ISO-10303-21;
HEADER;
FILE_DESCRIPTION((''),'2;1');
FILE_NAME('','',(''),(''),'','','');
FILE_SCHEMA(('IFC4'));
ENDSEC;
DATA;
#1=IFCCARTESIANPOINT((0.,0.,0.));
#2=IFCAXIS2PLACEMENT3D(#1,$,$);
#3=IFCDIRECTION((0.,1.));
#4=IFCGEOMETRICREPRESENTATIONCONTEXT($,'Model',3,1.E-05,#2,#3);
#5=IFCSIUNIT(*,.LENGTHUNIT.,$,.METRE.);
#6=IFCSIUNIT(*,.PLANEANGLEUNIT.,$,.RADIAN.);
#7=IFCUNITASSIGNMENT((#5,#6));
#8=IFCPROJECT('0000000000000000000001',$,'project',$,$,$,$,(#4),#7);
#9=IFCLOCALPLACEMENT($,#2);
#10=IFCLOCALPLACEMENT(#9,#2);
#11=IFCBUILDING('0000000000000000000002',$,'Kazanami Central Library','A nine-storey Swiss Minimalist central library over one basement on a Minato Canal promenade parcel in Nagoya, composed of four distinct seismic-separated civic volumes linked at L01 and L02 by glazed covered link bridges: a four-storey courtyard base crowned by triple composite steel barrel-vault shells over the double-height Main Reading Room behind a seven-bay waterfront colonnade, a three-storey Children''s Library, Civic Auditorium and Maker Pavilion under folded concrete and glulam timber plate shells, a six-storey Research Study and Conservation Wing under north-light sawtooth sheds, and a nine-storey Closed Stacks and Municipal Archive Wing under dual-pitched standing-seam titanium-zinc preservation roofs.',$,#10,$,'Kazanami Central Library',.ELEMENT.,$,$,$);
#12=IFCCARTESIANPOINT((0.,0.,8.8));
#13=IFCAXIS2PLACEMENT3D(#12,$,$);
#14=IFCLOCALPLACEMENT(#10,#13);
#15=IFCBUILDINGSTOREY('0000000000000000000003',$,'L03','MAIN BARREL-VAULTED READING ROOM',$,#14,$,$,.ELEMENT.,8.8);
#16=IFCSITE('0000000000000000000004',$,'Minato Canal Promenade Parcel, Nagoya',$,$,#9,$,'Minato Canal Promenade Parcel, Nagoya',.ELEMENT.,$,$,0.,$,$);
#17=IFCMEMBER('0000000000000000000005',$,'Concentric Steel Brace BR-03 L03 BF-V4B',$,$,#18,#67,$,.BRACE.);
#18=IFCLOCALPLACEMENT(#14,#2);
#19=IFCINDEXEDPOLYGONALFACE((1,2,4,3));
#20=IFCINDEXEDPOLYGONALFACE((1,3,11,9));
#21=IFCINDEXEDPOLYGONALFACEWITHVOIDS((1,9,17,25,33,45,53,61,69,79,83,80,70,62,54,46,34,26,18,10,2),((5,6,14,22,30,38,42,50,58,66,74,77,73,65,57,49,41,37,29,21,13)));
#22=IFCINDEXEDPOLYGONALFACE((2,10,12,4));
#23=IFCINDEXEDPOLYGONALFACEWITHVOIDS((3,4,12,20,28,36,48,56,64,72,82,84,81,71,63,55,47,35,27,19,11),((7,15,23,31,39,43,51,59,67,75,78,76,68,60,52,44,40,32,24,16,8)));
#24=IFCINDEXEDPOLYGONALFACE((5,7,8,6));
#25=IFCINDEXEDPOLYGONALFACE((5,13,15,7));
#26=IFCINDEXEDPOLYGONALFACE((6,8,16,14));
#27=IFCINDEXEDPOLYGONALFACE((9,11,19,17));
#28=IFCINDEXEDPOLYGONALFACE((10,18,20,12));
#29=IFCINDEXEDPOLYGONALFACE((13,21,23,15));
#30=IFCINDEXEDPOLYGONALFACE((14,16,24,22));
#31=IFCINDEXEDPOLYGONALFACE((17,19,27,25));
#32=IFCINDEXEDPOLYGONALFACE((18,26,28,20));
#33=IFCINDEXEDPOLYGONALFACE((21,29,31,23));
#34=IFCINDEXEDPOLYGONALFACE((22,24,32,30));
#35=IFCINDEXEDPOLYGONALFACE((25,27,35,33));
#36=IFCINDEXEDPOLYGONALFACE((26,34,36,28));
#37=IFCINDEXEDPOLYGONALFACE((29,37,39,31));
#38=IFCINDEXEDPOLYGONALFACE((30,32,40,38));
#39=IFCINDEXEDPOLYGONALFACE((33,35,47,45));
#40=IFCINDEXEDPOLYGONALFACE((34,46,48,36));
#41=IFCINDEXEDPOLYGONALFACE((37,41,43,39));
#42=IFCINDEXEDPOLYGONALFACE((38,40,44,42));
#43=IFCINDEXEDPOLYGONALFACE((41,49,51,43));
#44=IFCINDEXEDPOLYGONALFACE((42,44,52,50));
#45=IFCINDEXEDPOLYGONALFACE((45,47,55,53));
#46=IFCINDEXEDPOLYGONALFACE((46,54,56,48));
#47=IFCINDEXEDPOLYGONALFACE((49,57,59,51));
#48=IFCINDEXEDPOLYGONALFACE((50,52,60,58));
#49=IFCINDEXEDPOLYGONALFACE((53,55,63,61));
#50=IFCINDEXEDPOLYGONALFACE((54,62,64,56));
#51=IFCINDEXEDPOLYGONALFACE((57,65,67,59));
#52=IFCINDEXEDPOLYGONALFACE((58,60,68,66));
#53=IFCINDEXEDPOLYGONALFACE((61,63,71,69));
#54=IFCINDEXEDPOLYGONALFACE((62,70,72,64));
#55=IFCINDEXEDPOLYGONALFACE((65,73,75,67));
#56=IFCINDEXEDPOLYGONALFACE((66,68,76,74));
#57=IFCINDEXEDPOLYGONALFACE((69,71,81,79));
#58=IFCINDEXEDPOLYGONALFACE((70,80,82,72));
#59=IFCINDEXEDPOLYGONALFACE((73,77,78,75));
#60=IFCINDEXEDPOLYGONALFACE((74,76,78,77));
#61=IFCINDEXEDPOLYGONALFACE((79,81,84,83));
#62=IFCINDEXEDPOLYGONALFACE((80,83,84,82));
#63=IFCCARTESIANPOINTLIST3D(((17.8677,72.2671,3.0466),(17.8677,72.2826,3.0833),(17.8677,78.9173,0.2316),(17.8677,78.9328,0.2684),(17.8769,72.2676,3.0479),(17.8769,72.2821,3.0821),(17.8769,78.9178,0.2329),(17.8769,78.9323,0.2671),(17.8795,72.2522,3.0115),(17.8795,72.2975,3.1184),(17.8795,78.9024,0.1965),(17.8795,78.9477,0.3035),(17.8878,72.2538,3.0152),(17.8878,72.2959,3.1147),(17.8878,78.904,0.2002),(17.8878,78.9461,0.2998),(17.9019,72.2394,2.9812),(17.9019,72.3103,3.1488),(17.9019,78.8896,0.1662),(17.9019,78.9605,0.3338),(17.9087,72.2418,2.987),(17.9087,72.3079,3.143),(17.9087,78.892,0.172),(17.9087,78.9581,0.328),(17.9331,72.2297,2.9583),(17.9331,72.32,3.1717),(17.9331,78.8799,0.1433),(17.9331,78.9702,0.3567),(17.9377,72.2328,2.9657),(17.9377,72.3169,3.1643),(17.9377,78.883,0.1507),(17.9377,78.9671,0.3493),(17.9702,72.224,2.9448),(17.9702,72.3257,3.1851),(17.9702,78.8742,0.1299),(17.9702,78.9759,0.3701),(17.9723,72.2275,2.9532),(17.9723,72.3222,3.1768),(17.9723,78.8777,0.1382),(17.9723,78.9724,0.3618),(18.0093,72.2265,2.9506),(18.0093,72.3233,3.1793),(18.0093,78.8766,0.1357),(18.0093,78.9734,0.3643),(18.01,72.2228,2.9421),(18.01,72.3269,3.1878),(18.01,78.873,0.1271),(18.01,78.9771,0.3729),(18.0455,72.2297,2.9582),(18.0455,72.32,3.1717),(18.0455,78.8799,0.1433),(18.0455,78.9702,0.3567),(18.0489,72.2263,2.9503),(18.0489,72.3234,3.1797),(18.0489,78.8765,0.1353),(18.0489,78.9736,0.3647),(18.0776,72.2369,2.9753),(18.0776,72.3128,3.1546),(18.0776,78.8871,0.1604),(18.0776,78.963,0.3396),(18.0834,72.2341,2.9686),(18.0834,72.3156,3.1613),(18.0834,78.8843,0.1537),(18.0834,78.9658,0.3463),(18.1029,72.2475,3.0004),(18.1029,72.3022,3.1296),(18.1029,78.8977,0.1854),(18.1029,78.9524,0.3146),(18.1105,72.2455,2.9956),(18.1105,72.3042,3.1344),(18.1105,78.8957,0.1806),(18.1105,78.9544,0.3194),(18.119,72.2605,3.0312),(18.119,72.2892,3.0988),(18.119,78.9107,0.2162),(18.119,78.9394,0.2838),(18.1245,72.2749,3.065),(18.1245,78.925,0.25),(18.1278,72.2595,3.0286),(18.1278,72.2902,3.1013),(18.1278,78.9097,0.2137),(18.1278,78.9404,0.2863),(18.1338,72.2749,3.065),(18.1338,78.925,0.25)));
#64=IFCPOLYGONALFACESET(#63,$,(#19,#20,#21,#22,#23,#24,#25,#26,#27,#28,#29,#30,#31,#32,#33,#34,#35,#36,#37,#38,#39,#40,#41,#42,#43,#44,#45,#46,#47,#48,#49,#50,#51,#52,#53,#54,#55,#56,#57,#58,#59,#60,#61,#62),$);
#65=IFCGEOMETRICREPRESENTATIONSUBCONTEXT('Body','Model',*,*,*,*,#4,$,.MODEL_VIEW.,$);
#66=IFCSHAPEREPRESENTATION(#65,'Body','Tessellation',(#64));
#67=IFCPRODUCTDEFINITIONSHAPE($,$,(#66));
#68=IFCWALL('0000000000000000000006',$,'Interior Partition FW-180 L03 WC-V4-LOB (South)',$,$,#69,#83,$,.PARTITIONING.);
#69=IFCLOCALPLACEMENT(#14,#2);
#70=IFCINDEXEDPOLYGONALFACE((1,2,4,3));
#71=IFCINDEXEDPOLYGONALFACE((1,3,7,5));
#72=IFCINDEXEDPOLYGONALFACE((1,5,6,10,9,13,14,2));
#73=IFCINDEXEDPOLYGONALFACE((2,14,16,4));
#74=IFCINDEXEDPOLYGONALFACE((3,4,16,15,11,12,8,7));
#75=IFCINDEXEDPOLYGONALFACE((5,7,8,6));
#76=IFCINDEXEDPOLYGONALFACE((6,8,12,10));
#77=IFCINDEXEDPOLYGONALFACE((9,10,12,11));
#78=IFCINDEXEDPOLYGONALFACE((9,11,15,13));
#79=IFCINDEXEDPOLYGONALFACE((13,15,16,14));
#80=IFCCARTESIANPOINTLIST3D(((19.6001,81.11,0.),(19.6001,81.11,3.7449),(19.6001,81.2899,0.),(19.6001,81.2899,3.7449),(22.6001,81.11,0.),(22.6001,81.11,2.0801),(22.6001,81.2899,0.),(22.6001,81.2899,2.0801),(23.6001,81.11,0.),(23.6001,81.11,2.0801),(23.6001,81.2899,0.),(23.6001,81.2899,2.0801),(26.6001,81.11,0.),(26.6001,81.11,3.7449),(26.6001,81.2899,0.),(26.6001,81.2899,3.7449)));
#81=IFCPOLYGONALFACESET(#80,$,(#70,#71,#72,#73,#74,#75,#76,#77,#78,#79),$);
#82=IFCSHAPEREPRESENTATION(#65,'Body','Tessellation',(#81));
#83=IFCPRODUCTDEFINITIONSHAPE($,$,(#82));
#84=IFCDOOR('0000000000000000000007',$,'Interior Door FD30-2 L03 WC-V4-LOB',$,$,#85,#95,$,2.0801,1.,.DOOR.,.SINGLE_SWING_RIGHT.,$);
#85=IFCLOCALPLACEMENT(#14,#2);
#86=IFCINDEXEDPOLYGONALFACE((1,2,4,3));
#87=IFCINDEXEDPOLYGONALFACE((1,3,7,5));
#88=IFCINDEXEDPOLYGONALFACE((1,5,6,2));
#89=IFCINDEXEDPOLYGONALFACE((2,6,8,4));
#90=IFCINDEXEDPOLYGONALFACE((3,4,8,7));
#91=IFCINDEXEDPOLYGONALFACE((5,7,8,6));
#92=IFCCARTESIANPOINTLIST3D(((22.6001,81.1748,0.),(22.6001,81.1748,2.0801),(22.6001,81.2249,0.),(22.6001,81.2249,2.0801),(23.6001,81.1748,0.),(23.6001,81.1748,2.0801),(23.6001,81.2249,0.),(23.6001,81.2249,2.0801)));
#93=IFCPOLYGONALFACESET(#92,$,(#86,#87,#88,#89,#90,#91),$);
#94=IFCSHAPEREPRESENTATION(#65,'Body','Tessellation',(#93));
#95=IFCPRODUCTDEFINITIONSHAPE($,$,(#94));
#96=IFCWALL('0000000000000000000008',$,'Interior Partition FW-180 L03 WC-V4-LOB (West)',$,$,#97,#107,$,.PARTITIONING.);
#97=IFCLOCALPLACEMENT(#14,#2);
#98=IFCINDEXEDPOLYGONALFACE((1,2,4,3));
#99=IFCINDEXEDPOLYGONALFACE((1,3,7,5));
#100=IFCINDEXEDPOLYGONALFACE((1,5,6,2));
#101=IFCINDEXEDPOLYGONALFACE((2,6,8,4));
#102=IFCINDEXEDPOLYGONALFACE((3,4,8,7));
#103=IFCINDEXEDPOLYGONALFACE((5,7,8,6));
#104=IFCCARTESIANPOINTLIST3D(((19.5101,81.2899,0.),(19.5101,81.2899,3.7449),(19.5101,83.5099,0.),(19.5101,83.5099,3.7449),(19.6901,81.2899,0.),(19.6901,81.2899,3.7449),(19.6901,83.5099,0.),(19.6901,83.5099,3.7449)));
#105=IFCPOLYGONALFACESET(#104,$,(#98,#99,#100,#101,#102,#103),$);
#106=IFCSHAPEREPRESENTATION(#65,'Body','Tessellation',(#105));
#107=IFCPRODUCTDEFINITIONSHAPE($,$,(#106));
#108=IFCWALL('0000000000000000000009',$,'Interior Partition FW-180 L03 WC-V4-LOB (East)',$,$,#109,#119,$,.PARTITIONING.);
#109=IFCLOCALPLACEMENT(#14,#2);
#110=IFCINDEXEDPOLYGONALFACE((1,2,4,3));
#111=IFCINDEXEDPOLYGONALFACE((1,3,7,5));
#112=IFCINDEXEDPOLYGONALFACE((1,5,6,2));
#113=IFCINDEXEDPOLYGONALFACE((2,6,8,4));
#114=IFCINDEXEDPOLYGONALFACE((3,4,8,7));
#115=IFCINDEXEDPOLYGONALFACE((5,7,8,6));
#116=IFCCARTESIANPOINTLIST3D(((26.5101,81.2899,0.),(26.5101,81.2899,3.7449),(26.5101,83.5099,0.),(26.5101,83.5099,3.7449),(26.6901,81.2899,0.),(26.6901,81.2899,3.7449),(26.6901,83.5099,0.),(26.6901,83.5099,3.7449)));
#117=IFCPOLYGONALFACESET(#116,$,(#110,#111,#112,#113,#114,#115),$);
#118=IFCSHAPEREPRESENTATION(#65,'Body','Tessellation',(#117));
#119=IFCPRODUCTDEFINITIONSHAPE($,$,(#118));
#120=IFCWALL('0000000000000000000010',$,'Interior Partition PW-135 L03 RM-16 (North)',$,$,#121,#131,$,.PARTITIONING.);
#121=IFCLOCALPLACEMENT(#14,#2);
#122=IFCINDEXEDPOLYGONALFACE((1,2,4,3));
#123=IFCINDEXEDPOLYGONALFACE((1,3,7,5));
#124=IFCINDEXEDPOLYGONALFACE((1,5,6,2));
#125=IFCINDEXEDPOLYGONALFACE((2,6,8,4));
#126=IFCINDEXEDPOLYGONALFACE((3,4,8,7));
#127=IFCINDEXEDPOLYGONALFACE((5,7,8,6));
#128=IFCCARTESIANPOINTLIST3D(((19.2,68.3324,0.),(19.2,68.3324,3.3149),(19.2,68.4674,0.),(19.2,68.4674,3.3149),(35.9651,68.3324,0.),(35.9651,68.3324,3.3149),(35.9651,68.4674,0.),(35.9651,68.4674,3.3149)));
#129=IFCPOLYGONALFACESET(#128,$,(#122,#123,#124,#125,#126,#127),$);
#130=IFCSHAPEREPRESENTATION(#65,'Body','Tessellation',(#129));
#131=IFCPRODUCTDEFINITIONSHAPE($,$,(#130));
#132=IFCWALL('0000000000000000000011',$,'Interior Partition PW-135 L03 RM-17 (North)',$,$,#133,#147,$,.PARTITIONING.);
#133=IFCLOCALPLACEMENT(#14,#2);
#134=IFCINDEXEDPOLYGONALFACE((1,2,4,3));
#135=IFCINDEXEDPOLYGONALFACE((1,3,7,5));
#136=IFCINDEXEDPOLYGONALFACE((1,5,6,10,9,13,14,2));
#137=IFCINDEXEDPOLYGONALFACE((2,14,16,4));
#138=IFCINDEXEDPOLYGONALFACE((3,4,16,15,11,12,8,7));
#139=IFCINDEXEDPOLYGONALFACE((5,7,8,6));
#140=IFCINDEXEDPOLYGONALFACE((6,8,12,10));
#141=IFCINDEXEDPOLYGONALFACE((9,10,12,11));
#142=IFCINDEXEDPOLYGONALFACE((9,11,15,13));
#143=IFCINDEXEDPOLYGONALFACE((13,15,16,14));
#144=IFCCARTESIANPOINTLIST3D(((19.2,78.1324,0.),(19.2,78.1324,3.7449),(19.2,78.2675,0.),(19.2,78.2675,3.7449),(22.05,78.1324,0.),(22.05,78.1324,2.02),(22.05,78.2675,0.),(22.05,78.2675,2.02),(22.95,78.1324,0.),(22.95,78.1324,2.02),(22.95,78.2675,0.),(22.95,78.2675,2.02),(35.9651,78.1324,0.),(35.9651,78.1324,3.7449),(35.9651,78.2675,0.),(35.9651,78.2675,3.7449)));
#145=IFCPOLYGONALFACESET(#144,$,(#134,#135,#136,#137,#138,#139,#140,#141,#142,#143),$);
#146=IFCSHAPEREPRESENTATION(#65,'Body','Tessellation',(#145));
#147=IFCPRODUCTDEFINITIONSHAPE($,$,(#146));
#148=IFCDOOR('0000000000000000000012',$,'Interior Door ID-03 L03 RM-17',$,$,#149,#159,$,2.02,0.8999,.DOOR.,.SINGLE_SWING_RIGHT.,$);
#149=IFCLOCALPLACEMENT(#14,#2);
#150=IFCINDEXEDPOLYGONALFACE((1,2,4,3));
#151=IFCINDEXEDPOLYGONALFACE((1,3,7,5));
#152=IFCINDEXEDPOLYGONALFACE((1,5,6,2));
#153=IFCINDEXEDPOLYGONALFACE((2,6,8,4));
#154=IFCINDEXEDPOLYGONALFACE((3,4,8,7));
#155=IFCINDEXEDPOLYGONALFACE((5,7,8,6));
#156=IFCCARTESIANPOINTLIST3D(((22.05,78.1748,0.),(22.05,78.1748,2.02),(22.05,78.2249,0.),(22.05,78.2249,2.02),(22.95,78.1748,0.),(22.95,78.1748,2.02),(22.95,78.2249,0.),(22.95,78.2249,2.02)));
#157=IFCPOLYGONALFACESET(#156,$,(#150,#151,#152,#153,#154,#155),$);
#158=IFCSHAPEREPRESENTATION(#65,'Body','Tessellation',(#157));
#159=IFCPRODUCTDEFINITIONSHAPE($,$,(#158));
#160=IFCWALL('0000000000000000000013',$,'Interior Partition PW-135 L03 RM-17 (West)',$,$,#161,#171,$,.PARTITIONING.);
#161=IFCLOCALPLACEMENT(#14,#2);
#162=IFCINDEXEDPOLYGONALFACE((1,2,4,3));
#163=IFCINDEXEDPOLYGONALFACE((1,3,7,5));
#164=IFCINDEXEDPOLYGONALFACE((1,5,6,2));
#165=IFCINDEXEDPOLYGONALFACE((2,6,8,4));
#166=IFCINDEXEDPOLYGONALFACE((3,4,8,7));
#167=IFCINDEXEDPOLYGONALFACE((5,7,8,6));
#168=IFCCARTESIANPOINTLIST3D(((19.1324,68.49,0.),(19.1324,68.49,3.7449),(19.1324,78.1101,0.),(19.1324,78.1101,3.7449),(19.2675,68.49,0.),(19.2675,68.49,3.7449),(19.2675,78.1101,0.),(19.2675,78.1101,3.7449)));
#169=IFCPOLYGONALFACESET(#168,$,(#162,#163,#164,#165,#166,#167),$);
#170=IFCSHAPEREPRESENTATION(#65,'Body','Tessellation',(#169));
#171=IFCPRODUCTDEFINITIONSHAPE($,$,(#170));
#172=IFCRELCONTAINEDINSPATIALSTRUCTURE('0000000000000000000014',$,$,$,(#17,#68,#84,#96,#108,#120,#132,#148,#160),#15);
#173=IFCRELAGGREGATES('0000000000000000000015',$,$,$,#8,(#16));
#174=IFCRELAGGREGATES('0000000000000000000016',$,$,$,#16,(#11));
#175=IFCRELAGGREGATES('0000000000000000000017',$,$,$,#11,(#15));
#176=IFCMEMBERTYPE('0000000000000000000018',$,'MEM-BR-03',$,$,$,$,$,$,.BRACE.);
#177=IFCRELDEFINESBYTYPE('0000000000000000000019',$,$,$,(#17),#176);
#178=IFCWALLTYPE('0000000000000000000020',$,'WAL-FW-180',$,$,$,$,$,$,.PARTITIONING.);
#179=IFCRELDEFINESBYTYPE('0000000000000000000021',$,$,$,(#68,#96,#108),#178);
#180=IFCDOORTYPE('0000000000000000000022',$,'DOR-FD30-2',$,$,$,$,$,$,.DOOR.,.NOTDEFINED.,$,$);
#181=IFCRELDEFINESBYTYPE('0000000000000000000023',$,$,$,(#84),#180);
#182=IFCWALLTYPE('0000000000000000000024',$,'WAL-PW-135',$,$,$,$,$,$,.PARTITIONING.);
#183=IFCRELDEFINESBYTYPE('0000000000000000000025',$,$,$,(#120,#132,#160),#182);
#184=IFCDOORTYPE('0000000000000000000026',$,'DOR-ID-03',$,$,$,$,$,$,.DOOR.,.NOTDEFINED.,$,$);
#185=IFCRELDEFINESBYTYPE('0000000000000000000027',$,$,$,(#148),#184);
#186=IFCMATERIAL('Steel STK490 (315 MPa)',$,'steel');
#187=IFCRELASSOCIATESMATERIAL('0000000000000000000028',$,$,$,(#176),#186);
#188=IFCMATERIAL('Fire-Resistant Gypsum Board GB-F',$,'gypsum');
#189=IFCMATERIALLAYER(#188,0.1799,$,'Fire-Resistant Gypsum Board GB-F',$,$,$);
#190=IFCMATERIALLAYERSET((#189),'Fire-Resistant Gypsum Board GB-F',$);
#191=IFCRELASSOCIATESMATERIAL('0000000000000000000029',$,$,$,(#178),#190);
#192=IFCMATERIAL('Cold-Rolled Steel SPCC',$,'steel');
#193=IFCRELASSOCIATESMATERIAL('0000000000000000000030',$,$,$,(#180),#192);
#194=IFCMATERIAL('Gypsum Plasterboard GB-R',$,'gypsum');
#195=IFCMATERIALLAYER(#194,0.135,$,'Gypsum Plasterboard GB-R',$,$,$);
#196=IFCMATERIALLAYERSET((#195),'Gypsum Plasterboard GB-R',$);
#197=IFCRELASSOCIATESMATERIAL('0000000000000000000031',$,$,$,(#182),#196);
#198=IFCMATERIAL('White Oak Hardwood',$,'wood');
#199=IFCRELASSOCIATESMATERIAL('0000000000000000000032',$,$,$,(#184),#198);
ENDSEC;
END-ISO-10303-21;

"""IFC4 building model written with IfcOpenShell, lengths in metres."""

from ifc_helpers import new_model, si_unit, direction, frame, frame_2d, origin, origin_2d, place, context, subcontext, project, spatial, rectangle, hollow_circle, extrude, material, layer, layer_set, material_profile, profile_set, type_object, element, fill, save


model = new_model("IFC4")

# Units and contexts
model_context = context("Model", 3, precision=1e-05, world=origin(), true_north=direction((0.0, 1.0)))
body_context = subcontext(model_context, "Body", "Model", "MODEL_VIEW")
ifc_project = project(units=[si_unit("LENGTHUNIT", "METRE"), si_unit("PLANEANGLEUNIT", "RADIAN")], contexts=[model_context])

# Site, building, storey
site_placement = place(None, origin())
site = spatial("IfcSite", under=ifc_project, at=site_placement, Name="Minato Canal Promenade Parcel, Nagoya", LongName="Minato Canal Promenade Parcel, Nagoya", CompositionType="ELEMENT", RefElevation=0.0)
building_placement = place(site_placement, origin())
building = spatial("IfcBuilding", under=site, at=building_placement, Name="Kazanami Central Library", Description="A nine-storey Swiss Minimalist central library over one basement on a Minato Canal promenade parcel in Nagoya, composed of four distinct seismic-separated civic volumes linked at L01 and L02 by glazed covered link bridges: a four-storey courtyard base crowned by triple composite steel barrel-vault shells over the double-height Main Reading Room behind a seven-bay waterfront colonnade, a three-storey Children's Library, Civic Auditorium and Maker Pavilion under folded concrete and glulam timber plate shells, a six-storey Research Study and Conservation Wing under north-light sawtooth sheds, and a nine-storey Closed Stacks and Municipal Archive Wing under dual-pitched standing-seam titanium-zinc preservation roofs.", LongName="Kazanami Central Library", CompositionType="ELEMENT")
storey_placement = place(building_placement, frame((0.0, 0.0, 8.8)))
storey = spatial("IfcBuildingStorey", under=building, at=storey_placement, Name="L03", Description="MAIN BARREL-VAULTED READING ROOM", CompositionType="ELEMENT", Elevation=8.8)

# Member
ifc_material_1 = material(Name="Steel STK490 (315 MPa)", Category="steel")
ifc_material_profile_1 = material_profile(ifc_material_1, hollow_circle(Radius=0.1338, WallThickness=0.0093, at=origin_2d()), Name="CHS-267.4x9.3")
ifc_profile_set_1 = profile_set([ifc_material_profile_1], Name="Steel STK490 (315 MPa)")
member_type = type_object("IfcMemberType", Name="MEM-BR-03", PredefinedType="BRACE", material=ifc_profile_set_1)
member_placement = place(storey_placement, frame((18.0, 78.925, 0.25), z_axis=(0.0, -0.920897, 0.389807), x_axis=(1.0, 0.0, 0.0)))
element("IfcMember", 1, at=member_placement, inside=storey, type_object=member_type, Name="Concentric Steel Brace BR-03 L03 BF-V4B", PredefinedType="BRACE", context=body_context, shape_type="SweptSolid", body=[
    extrude(hollow_circle(Radius=0.1338, WallThickness=0.0093, at=origin_2d()), origin(), (0.0, 0.0, 1.0), 7.2214),
])

# Wall, opening, door
ifc_material_2 = material(Name="Fire-Resistant Gypsum Board GB-F", Category="gypsum")
ifc_layer_1 = layer(ifc_material_2, 0.1799, Name="Fire-Resistant Gypsum Board GB-F")
ifc_layer_set_1 = layer_set([ifc_layer_1], Name="Fire-Resistant Gypsum Board GB-F")
wall_type_1 = type_object("IfcWallType", Name="WAL-FW-180", PredefinedType="PARTITIONING", material=ifc_layer_set_1)
wall_1_placement = place(storey_placement, frame((19.6001, 81.2, 0.0), z_axis=(0.0, 0.0, 1.0), x_axis=(1.0, 0.0, 0.0)))
wall_1 = element("IfcWall", 2, at=wall_1_placement, inside=storey, type_object=wall_type_1, Name="Interior Partition FW-180 L03 WC-V4-LOB (South)", PredefinedType="PARTITIONING", context=body_context, shape_type="SweptSolid", body=[
    extrude(rectangle(XDim=7.0, YDim=0.1799, at=frame_2d((3.5, 0.0))), origin(), (0.0, 0.0, 1.0), 3.7449),
])
opening_1_placement = place(wall_1_placement, frame((3.0, 0.0, 0.0)))
opening_1 = element("IfcOpeningElement", 3, at=opening_1_placement, cuts=wall_1, PredefinedType="OPENING", context=body_context, shape_type="SweptSolid", body=[
    extrude(rectangle(XDim=1.0, YDim=2.0801, at=frame_2d((0.5, 1.04))), frame((0.0, 0.1021, 0.0), z_axis=(0.0, -1.0, 0.0), x_axis=(1.0, 0.0, 0.0)), (0.0, 0.0, 1.0), 0.2039),
])
ifc_material_3 = material(Name="Cold-Rolled Steel SPCC", Category="steel")
door_type_1 = type_object("IfcDoorType", Name="DOR-FD30-2", OperationType="NOTDEFINED", PredefinedType="DOOR", material=ifc_material_3)
door_1_placement = place(opening_1_placement, origin())
door_1 = element("IfcDoor", 4, at=door_1_placement, inside=storey, type_object=door_type_1, Name="Interior Door FD30-2 L03 WC-V4-LOB", OperationType="SINGLE_SWING_RIGHT", OverallHeight=2.0801, OverallWidth=1.0, PredefinedType="DOOR", context=body_context, shape_type="SweptSolid", body=[
    extrude(rectangle(XDim=1.0, YDim=2.0801, at=frame_2d((0.5, 1.04))), frame((0.0, 0.0249, 0.0), z_axis=(0.0, -1.0, 0.0), x_axis=(1.0, 0.0, 0.0)), (0.0, 0.0, 1.0), 0.05),
])
fill(opening_1, door_1)

# Walls
for number, where, z_axis, x_axis, name in (
    (5, (19.6001, 81.29, 0.0), (0.0, 0.0, 1.0), (0.0, 1.0, 0.0), "Interior Partition FW-180 L03 WC-V4-LOB (West)"),
    (6, (26.6001, 81.29, 0.0), (0.0, 0.0, 1.0), (0.0, 1.0, 0.0), "Interior Partition FW-180 L03 WC-V4-LOB (East)"),
):
    element("IfcWall", number, at=place(storey_placement, frame(where, z_axis=z_axis, x_axis=x_axis)), inside=storey, type_object=wall_type_1, Name=name, PredefinedType="PARTITIONING", context=body_context, shape_type="SweptSolid", body=[
        extrude(rectangle(XDim=2.22, YDim=0.1799, at=frame_2d((1.1099, 0.0))), origin(), (0.0, 0.0, 1.0), 3.7449),
    ])
ifc_material_4 = material(Name="Gypsum Plasterboard GB-R", Category="gypsum")
ifc_layer_2 = layer(ifc_material_4, 0.135, Name="Gypsum Plasterboard GB-R")
ifc_layer_set_2 = layer_set([ifc_layer_2], Name="Gypsum Plasterboard GB-R")
wall_type_2 = type_object("IfcWallType", Name="WAL-PW-135", PredefinedType="PARTITIONING", material=ifc_layer_set_2)
wall_2_placement = place(storey_placement, frame((19.2, 68.3999, 0.0), z_axis=(0.0, 0.0, 1.0), x_axis=(1.0, 0.0, 0.0)))
element("IfcWall", 7, at=wall_2_placement, inside=storey, type_object=wall_type_2, Name="Interior Partition PW-135 L03 RM-16 (North)", PredefinedType="PARTITIONING", context=body_context, shape_type="SweptSolid", body=[
    extrude(rectangle(XDim=16.7651, YDim=0.135, at=frame_2d((8.3826, 0.0))), origin(), (0.0, 0.0, 1.0), 3.3149),
])

# Wall, opening, door
wall_3_placement = place(storey_placement, frame((19.2, 78.2, 0.0), z_axis=(0.0, 0.0, 1.0), x_axis=(1.0, 0.0, 0.0)))
wall_3 = element("IfcWall", 8, at=wall_3_placement, inside=storey, type_object=wall_type_2, Name="Interior Partition PW-135 L03 RM-17 (North)", PredefinedType="PARTITIONING", context=body_context, shape_type="SweptSolid", body=[
    extrude(rectangle(XDim=16.7651, YDim=0.135, at=frame_2d((8.3826, 0.0))), origin(), (0.0, 0.0, 1.0), 3.7449),
])
opening_2_placement = place(wall_3_placement, frame((2.8501, 0.0, 0.0)))
opening_2 = element("IfcOpeningElement", 9, at=opening_2_placement, cuts=wall_3, PredefinedType="OPENING", context=body_context, shape_type="SweptSolid", body=[
    extrude(rectangle(XDim=0.8999, YDim=2.02, at=frame_2d((0.45, 1.01))), frame((0.0, 0.0796, 0.0), z_axis=(0.0, -1.0, 0.0), x_axis=(1.0, 0.0, 0.0)), (0.0, 0.0, 1.0), 0.1589),
])
ifc_material_5 = material(Name="White Oak Hardwood", Category="wood")
door_type_2 = type_object("IfcDoorType", Name="DOR-ID-03", OperationType="NOTDEFINED", PredefinedType="DOOR", material=ifc_material_5)
door_2_placement = place(opening_2_placement, origin())
door_2 = element("IfcDoor", 10, at=door_2_placement, inside=storey, type_object=door_type_2, Name="Interior Door ID-03 L03 RM-17", OperationType="SINGLE_SWING_RIGHT", OverallHeight=2.02, OverallWidth=0.8999, PredefinedType="DOOR", context=body_context, shape_type="SweptSolid", body=[
    extrude(rectangle(XDim=0.8999, YDim=2.02, at=frame_2d((0.45, 1.01))), frame((0.0, 0.0249, 0.0), z_axis=(0.0, -1.0, 0.0), x_axis=(1.0, 0.0, 0.0)), (0.0, 0.0, 1.0), 0.05),
])
fill(opening_2, door_2)

# Wall
wall_4_placement = place(storey_placement, frame((19.2, 68.49, 0.0), z_axis=(0.0, 0.0, 1.0), x_axis=(0.0, 1.0, 0.0)))
element("IfcWall", 11, at=wall_4_placement, inside=storey, type_object=wall_type_2, Name="Interior Partition PW-135 L03 RM-17 (West)", PredefinedType="PARTITIONING", context=body_context, shape_type="SweptSolid", body=[
    extrude(rectangle(XDim=9.6201, YDim=0.135, at=frame_2d((4.8101, 0.0))), origin(), (0.0, 0.0, 1.0), 3.7449),
])

save(model, "model.ifc")
